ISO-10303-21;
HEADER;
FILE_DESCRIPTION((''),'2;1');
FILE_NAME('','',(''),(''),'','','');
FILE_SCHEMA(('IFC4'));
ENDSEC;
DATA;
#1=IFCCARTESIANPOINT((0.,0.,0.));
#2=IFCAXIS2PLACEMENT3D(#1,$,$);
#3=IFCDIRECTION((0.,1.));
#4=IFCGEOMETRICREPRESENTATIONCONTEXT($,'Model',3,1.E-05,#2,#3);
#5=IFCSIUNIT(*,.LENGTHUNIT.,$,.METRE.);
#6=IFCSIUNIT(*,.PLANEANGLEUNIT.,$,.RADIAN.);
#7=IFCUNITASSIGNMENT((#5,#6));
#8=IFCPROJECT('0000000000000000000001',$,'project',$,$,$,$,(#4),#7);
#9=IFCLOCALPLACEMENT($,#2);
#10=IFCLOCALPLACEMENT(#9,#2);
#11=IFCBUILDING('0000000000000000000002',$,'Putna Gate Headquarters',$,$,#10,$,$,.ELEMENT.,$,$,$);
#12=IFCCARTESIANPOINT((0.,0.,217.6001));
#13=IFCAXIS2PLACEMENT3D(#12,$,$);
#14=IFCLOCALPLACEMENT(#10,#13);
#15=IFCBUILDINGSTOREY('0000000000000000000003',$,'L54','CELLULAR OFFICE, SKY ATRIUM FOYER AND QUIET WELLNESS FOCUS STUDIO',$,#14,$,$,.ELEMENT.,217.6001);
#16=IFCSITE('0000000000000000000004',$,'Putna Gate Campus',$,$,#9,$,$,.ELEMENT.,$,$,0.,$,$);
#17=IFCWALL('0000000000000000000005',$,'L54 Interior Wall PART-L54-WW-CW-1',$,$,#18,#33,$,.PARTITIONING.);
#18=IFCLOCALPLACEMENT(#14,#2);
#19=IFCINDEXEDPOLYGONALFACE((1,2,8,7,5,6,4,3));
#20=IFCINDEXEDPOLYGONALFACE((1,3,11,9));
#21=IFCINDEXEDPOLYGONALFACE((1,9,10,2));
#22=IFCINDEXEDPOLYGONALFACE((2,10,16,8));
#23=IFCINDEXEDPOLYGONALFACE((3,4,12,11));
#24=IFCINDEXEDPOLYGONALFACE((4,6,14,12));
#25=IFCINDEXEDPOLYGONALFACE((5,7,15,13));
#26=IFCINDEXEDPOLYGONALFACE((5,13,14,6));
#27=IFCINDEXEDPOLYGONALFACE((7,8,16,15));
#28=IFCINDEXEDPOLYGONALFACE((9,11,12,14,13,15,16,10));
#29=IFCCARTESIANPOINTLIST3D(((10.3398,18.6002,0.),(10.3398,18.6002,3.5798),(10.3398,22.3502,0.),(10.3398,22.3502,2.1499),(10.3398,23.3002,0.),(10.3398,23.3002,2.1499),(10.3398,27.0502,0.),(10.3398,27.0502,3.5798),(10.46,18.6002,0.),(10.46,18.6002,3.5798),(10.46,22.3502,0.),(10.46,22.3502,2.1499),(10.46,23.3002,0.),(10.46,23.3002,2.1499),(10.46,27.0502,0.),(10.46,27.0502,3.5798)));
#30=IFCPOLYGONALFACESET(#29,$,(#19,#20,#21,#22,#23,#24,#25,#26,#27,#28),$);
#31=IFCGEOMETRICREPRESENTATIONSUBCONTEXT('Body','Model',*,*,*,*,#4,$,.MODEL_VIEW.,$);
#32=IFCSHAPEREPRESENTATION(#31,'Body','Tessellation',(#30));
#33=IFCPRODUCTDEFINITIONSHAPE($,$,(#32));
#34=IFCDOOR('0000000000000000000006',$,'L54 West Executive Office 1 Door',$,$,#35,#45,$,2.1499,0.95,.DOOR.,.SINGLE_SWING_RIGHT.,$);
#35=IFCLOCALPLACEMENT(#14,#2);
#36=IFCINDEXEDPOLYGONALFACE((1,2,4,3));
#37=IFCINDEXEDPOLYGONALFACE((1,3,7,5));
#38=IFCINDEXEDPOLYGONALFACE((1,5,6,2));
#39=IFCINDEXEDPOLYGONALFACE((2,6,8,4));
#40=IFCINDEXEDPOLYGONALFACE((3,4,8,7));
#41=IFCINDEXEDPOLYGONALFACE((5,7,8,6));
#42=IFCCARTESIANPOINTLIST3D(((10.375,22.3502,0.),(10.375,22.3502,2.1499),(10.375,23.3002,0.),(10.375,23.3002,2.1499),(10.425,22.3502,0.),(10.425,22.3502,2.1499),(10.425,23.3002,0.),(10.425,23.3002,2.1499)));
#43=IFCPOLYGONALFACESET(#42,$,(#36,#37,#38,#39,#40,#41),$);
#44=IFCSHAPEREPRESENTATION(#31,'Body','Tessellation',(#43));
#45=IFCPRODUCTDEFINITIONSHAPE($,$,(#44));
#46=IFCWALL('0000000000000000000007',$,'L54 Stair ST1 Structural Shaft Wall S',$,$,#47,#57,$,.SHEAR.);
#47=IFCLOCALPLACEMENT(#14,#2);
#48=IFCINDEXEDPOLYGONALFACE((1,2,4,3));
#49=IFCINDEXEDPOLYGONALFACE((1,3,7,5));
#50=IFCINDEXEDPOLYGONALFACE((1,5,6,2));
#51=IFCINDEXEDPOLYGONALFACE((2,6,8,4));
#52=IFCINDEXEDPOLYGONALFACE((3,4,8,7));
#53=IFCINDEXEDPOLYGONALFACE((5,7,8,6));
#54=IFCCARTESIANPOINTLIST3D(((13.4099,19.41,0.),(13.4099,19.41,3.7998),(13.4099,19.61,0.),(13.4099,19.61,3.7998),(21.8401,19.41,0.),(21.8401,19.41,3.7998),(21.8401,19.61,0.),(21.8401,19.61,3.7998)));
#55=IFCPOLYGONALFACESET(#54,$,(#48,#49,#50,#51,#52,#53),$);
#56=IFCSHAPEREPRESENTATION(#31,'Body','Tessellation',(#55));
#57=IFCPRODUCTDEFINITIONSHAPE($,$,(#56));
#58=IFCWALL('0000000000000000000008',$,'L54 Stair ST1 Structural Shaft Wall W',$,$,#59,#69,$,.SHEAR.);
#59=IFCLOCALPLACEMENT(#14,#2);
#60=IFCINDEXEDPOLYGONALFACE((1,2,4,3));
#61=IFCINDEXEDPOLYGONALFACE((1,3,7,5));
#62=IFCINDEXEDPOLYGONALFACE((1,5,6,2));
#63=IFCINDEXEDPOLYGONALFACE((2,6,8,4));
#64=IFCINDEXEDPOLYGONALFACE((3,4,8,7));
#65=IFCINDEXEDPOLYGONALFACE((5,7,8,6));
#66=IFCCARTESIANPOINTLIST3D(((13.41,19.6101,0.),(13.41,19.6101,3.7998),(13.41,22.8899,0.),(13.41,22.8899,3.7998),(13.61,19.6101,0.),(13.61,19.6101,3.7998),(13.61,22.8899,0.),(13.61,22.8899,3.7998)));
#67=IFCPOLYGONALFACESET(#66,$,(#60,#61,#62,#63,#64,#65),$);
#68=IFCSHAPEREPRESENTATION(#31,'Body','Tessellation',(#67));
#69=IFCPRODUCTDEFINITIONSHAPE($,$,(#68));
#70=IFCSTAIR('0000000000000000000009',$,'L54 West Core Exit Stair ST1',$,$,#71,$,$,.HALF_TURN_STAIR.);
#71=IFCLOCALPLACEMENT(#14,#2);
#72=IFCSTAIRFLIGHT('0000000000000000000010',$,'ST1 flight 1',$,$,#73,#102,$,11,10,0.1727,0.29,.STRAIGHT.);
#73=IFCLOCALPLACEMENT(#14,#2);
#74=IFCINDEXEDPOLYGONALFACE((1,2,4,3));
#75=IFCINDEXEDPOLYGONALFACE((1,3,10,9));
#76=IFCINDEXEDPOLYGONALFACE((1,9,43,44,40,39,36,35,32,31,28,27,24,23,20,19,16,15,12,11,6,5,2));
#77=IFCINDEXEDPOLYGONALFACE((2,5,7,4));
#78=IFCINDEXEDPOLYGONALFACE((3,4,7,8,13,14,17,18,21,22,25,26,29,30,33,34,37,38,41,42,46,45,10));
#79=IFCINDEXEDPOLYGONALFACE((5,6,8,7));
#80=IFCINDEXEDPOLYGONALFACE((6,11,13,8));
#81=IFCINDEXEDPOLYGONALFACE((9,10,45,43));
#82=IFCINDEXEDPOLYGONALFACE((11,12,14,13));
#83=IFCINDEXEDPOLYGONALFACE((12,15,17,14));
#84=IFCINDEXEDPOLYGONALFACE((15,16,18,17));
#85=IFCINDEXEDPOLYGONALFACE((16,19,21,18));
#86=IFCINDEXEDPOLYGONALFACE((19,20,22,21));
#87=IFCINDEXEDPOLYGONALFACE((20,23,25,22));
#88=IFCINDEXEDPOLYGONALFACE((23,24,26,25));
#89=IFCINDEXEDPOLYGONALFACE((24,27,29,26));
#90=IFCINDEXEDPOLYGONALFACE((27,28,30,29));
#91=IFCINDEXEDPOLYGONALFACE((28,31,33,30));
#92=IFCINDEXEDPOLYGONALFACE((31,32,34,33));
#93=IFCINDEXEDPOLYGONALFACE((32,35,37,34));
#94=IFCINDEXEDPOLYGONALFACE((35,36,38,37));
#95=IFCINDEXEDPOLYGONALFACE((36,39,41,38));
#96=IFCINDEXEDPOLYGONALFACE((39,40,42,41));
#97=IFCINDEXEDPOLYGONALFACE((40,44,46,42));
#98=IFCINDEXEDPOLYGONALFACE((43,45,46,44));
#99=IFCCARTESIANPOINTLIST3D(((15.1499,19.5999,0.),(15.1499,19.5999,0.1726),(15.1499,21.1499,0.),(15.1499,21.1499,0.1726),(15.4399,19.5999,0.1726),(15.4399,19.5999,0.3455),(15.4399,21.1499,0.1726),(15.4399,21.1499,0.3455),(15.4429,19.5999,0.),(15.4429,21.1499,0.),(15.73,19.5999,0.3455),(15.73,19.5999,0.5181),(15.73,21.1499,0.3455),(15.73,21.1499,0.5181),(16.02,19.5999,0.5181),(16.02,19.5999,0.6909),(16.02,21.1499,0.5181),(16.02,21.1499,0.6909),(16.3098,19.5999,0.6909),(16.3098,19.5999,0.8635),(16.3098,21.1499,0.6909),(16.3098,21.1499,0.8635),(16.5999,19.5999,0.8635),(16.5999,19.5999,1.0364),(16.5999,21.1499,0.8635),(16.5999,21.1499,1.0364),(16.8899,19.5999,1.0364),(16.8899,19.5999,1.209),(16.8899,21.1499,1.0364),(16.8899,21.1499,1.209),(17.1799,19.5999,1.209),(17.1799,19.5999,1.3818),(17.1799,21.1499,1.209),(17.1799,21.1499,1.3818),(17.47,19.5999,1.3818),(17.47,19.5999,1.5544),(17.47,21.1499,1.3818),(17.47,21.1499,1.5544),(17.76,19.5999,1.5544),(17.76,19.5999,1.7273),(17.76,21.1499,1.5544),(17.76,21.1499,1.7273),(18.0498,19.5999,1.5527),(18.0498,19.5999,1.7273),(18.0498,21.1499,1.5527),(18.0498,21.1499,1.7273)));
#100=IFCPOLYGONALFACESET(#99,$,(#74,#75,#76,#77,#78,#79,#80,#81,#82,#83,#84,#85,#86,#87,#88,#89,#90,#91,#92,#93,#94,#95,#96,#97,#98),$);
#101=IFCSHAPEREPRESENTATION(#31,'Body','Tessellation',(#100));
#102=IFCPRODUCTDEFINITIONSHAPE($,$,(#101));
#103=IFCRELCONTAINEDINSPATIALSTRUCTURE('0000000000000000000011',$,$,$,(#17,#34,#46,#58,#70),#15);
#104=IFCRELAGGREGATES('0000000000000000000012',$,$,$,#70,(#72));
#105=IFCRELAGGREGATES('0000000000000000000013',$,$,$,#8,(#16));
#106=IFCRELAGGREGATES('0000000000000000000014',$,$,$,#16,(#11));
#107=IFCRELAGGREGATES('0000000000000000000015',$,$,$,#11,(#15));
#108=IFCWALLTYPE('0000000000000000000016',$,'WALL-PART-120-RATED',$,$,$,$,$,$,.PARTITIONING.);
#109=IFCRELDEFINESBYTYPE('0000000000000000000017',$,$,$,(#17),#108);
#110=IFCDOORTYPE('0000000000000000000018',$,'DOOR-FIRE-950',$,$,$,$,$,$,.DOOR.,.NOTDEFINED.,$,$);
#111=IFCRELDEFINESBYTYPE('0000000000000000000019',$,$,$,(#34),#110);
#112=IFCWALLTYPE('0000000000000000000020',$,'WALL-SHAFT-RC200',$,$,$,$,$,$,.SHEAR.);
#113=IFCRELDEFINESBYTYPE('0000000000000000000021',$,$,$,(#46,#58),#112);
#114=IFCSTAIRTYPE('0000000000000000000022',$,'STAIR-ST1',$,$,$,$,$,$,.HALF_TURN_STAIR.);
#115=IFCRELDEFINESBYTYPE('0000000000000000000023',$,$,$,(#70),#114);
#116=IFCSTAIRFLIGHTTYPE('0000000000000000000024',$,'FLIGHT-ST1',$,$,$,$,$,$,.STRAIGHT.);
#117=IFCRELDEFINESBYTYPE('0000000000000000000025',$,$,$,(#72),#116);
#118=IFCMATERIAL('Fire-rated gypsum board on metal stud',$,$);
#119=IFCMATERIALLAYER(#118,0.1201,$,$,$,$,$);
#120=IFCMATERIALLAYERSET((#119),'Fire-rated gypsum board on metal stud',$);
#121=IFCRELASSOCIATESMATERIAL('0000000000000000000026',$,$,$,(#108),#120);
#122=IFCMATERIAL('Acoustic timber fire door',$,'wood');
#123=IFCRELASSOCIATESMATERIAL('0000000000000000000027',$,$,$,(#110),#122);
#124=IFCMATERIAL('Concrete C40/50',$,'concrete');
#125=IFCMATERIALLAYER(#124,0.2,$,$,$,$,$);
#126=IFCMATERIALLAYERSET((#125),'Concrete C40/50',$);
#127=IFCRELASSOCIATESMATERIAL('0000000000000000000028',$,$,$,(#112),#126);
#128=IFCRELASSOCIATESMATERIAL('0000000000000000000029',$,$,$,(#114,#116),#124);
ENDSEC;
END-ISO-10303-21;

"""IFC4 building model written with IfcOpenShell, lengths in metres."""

from ifc_helpers import new_model, si_unit, direction, frame, frame_2d, origin, place, context, subcontext, project, spatial, polyline, rectangle, outline, extrude, material, layer, layer_set, type_object, element, fill, aggregate, save


model = new_model("IFC4")

# Units and contexts
model_context = context("Model", 3, precision=1e-05, world=origin(), true_north=direction((0.0, 1.0)))
body_context = subcontext(model_context, "Body", "Model", "MODEL_VIEW")
ifc_project = project(units=[si_unit("LENGTHUNIT", "METRE"), si_unit("PLANEANGLEUNIT", "RADIAN")], contexts=[model_context])

# Site, building, storey
site_placement = place(None, origin())
site = spatial("IfcSite", under=ifc_project, at=site_placement, Name="Putna Gate Campus", CompositionType="ELEMENT", RefElevation=0.0)
building_placement = place(site_placement, origin())
building = spatial("IfcBuilding", under=site, at=building_placement, Name="Putna Gate Headquarters", CompositionType="ELEMENT")
storey_placement = place(building_placement, frame((0.0, 0.0, 217.6001)))
storey = spatial("IfcBuildingStorey", under=building, at=storey_placement, Name="L54", Description="CELLULAR OFFICE, SKY ATRIUM FOYER AND QUIET WELLNESS FOCUS STUDIO", CompositionType="ELEMENT", Elevation=217.6001)

# Shared definitions
ifc_material_1 = material(Name="Fire-rated gypsum board on metal stud")
ifc_layer_1 = layer(ifc_material_1, 0.1201)
ifc_layer_set_1 = layer_set([ifc_layer_1], Name="Fire-rated gypsum board on metal stud")
wall_type_1 = type_object("IfcWallType", Name="WALL-PART-120-RATED", PredefinedType="PARTITIONING", material=ifc_layer_set_1)

# Shared definitions
ifc_material_2 = material(Name="Acoustic timber fire door", Category="wood")
door_type_1 = type_object("IfcDoorType", Name="DOOR-FIRE-950", OperationType="NOTDEFINED", PredefinedType="DOOR", material=ifc_material_2)

# Wall, opening, door
wall_1_placement = place(storey_placement, frame((10.3999, 18.6001, 0.0), z_axis=(0.0, 0.0, 1.0), x_axis=(0.0, 1.0, 0.0)))
wall_1 = element("IfcWall", 1, at=wall_1_placement, inside=storey, type_object=wall_type_1, Name="L54 Interior Wall PART-L54-WW-CW-1", PredefinedType="PARTITIONING", context=body_context, shape_type="SweptSolid", body=[
    extrude(rectangle(XDim=8.45, YDim=0.1201, at=frame_2d((4.2251, 0.0))), origin(), (0.0, 0.0, 1.0), 3.5798),
])
opening_1_placement = place(wall_1_placement, frame((3.75, 0.0, 0.0)))
opening_1 = element("IfcOpeningElement", 2, at=opening_1_placement, cuts=wall_1, PredefinedType="OPENING", context=body_context, shape_type="SweptSolid", body=[
    extrude(rectangle(XDim=0.95, YDim=2.1499, at=frame_2d((0.4751, 1.075))), frame((0.0, 0.0701, 0.0), z_axis=(0.0, -1.0, 0.0), x_axis=(1.0, 0.0, 0.0)), (0.0, 0.0, 1.0), 0.1401),
])
door_1_placement = place(opening_1_placement, origin())
door_1 = element("IfcDoor", 3, at=door_1_placement, inside=storey, type_object=door_type_1, Name="L54 West Executive Office 1 Door", OperationType="SINGLE_SWING_RIGHT", OverallHeight=2.1499, OverallWidth=0.95, PredefinedType="DOOR", context=body_context, shape_type="SweptSolid", body=[
    extrude(rectangle(XDim=0.95, YDim=2.1499, at=frame_2d((0.4751, 1.075))), frame((0.0, 0.0249, 0.0), z_axis=(0.0, -1.0, 0.0), x_axis=(1.0, 0.0, 0.0)), (0.0, 0.0, 1.0), 0.05),
])
fill(opening_1, door_1)

# Walls
ifc_material_3 = material(Name="Concrete C40/50", Category="concrete")
ifc_layer_2 = layer(ifc_material_3, 0.2)
ifc_layer_set_2 = layer_set([ifc_layer_2], Name="Concrete C40/50")
wall_type_2 = type_object("IfcWallType", Name="WALL-SHAFT-RC200", PredefinedType="SHEAR", material=ifc_layer_set_2)
wall_2_placement = place(storey_placement, frame((13.4099, 19.51, 0.0), z_axis=(0.0, 0.0, 1.0), x_axis=(1.0, 0.0, 0.0)))
element("IfcWall", 4, at=wall_2_placement, inside=storey, type_object=wall_type_2, Name="L54 Stair ST1 Structural Shaft Wall S", PredefinedType="SHEAR", context=body_context, shape_type="SweptSolid", body=[
    extrude(rectangle(XDim=8.4302, YDim=0.2, at=frame_2d((4.2151, 0.0))), origin(), (0.0, 0.0, 1.0), 3.7998),
])
wall_3_placement = place(storey_placement, frame((13.51, 19.6101, 0.0), z_axis=(0.0, 0.0, 1.0), x_axis=(0.0, 1.0, 0.0)))
element("IfcWall", 5, at=wall_3_placement, inside=storey, type_object=wall_type_2, Name="L54 Stair ST1 Structural Shaft Wall W", PredefinedType="SHEAR", context=body_context, shape_type="SweptSolid", body=[
    extrude(rectangle(XDim=3.2798, YDim=0.2, at=frame_2d((1.6399, 0.0))), origin(), (0.0, 0.0, 1.0), 3.7998),
])

# Stair, stair flight
stair_type = type_object("IfcStairType", Name="STAIR-ST1", PredefinedType="HALF_TURN_STAIR", material=ifc_material_3)
stair_placement = place(storey_placement, origin())
stair = element("IfcStair", 6, at=stair_placement, inside=storey, type_object=stair_type, Name="L54 West Core Exit Stair ST1", PredefinedType="HALF_TURN_STAIR")
stair_flight_type = type_object("IfcStairFlightType", Name="FLIGHT-ST1", PredefinedType="STRAIGHT", material=ifc_material_3)
stair_flight_placement = place(storey_placement, frame((15.1499, 20.375, 0.0), z_axis=(0.0, 0.0, 1.0), x_axis=(1.0, 0.0, 0.0)))
stair_flight = element("IfcStairFlight", 7, at=stair_flight_placement, type_object=stair_flight_type, Name="ST1 flight 1", NumberOfRisers=11, NumberOfTreads=10, PredefinedType="STRAIGHT", RiserHeight=0.1727, TreadLength=0.29, context=body_context, shape_type="SweptSolid", body=[
    extrude(outline(polyline([(0.0, 0.0), (0.0, 0.1726), (0.29, 0.1726), (0.29, 0.3455), (0.5801, 0.3455), (0.5801, 0.5181), (0.8701, 0.5181), (0.8701, 0.6909), (1.1599, 0.6909), (1.1599, 0.8635), (1.45, 0.8635), (1.45, 1.0364), (1.74, 1.0364), (1.74, 1.209), (2.03, 1.209), (2.03, 1.3818), (2.3201, 1.3818), (2.3201, 1.5544), (2.6101, 1.5544), (2.6101, 1.7273), (2.8999, 1.7273), (2.8999, 1.8999), (2.8999, 1.5527), (0.293, 0.0), (0.0, 0.0)])), frame((0.0, 0.7749, 0.0), z_axis=(0.0, -1.0, 0.0), x_axis=(1.0, 0.0, 0.0)), (0.0, 0.0, 1.0), 1.55),
])
aggregate(stair, [stair_flight])

save(model, "model.ifc")
